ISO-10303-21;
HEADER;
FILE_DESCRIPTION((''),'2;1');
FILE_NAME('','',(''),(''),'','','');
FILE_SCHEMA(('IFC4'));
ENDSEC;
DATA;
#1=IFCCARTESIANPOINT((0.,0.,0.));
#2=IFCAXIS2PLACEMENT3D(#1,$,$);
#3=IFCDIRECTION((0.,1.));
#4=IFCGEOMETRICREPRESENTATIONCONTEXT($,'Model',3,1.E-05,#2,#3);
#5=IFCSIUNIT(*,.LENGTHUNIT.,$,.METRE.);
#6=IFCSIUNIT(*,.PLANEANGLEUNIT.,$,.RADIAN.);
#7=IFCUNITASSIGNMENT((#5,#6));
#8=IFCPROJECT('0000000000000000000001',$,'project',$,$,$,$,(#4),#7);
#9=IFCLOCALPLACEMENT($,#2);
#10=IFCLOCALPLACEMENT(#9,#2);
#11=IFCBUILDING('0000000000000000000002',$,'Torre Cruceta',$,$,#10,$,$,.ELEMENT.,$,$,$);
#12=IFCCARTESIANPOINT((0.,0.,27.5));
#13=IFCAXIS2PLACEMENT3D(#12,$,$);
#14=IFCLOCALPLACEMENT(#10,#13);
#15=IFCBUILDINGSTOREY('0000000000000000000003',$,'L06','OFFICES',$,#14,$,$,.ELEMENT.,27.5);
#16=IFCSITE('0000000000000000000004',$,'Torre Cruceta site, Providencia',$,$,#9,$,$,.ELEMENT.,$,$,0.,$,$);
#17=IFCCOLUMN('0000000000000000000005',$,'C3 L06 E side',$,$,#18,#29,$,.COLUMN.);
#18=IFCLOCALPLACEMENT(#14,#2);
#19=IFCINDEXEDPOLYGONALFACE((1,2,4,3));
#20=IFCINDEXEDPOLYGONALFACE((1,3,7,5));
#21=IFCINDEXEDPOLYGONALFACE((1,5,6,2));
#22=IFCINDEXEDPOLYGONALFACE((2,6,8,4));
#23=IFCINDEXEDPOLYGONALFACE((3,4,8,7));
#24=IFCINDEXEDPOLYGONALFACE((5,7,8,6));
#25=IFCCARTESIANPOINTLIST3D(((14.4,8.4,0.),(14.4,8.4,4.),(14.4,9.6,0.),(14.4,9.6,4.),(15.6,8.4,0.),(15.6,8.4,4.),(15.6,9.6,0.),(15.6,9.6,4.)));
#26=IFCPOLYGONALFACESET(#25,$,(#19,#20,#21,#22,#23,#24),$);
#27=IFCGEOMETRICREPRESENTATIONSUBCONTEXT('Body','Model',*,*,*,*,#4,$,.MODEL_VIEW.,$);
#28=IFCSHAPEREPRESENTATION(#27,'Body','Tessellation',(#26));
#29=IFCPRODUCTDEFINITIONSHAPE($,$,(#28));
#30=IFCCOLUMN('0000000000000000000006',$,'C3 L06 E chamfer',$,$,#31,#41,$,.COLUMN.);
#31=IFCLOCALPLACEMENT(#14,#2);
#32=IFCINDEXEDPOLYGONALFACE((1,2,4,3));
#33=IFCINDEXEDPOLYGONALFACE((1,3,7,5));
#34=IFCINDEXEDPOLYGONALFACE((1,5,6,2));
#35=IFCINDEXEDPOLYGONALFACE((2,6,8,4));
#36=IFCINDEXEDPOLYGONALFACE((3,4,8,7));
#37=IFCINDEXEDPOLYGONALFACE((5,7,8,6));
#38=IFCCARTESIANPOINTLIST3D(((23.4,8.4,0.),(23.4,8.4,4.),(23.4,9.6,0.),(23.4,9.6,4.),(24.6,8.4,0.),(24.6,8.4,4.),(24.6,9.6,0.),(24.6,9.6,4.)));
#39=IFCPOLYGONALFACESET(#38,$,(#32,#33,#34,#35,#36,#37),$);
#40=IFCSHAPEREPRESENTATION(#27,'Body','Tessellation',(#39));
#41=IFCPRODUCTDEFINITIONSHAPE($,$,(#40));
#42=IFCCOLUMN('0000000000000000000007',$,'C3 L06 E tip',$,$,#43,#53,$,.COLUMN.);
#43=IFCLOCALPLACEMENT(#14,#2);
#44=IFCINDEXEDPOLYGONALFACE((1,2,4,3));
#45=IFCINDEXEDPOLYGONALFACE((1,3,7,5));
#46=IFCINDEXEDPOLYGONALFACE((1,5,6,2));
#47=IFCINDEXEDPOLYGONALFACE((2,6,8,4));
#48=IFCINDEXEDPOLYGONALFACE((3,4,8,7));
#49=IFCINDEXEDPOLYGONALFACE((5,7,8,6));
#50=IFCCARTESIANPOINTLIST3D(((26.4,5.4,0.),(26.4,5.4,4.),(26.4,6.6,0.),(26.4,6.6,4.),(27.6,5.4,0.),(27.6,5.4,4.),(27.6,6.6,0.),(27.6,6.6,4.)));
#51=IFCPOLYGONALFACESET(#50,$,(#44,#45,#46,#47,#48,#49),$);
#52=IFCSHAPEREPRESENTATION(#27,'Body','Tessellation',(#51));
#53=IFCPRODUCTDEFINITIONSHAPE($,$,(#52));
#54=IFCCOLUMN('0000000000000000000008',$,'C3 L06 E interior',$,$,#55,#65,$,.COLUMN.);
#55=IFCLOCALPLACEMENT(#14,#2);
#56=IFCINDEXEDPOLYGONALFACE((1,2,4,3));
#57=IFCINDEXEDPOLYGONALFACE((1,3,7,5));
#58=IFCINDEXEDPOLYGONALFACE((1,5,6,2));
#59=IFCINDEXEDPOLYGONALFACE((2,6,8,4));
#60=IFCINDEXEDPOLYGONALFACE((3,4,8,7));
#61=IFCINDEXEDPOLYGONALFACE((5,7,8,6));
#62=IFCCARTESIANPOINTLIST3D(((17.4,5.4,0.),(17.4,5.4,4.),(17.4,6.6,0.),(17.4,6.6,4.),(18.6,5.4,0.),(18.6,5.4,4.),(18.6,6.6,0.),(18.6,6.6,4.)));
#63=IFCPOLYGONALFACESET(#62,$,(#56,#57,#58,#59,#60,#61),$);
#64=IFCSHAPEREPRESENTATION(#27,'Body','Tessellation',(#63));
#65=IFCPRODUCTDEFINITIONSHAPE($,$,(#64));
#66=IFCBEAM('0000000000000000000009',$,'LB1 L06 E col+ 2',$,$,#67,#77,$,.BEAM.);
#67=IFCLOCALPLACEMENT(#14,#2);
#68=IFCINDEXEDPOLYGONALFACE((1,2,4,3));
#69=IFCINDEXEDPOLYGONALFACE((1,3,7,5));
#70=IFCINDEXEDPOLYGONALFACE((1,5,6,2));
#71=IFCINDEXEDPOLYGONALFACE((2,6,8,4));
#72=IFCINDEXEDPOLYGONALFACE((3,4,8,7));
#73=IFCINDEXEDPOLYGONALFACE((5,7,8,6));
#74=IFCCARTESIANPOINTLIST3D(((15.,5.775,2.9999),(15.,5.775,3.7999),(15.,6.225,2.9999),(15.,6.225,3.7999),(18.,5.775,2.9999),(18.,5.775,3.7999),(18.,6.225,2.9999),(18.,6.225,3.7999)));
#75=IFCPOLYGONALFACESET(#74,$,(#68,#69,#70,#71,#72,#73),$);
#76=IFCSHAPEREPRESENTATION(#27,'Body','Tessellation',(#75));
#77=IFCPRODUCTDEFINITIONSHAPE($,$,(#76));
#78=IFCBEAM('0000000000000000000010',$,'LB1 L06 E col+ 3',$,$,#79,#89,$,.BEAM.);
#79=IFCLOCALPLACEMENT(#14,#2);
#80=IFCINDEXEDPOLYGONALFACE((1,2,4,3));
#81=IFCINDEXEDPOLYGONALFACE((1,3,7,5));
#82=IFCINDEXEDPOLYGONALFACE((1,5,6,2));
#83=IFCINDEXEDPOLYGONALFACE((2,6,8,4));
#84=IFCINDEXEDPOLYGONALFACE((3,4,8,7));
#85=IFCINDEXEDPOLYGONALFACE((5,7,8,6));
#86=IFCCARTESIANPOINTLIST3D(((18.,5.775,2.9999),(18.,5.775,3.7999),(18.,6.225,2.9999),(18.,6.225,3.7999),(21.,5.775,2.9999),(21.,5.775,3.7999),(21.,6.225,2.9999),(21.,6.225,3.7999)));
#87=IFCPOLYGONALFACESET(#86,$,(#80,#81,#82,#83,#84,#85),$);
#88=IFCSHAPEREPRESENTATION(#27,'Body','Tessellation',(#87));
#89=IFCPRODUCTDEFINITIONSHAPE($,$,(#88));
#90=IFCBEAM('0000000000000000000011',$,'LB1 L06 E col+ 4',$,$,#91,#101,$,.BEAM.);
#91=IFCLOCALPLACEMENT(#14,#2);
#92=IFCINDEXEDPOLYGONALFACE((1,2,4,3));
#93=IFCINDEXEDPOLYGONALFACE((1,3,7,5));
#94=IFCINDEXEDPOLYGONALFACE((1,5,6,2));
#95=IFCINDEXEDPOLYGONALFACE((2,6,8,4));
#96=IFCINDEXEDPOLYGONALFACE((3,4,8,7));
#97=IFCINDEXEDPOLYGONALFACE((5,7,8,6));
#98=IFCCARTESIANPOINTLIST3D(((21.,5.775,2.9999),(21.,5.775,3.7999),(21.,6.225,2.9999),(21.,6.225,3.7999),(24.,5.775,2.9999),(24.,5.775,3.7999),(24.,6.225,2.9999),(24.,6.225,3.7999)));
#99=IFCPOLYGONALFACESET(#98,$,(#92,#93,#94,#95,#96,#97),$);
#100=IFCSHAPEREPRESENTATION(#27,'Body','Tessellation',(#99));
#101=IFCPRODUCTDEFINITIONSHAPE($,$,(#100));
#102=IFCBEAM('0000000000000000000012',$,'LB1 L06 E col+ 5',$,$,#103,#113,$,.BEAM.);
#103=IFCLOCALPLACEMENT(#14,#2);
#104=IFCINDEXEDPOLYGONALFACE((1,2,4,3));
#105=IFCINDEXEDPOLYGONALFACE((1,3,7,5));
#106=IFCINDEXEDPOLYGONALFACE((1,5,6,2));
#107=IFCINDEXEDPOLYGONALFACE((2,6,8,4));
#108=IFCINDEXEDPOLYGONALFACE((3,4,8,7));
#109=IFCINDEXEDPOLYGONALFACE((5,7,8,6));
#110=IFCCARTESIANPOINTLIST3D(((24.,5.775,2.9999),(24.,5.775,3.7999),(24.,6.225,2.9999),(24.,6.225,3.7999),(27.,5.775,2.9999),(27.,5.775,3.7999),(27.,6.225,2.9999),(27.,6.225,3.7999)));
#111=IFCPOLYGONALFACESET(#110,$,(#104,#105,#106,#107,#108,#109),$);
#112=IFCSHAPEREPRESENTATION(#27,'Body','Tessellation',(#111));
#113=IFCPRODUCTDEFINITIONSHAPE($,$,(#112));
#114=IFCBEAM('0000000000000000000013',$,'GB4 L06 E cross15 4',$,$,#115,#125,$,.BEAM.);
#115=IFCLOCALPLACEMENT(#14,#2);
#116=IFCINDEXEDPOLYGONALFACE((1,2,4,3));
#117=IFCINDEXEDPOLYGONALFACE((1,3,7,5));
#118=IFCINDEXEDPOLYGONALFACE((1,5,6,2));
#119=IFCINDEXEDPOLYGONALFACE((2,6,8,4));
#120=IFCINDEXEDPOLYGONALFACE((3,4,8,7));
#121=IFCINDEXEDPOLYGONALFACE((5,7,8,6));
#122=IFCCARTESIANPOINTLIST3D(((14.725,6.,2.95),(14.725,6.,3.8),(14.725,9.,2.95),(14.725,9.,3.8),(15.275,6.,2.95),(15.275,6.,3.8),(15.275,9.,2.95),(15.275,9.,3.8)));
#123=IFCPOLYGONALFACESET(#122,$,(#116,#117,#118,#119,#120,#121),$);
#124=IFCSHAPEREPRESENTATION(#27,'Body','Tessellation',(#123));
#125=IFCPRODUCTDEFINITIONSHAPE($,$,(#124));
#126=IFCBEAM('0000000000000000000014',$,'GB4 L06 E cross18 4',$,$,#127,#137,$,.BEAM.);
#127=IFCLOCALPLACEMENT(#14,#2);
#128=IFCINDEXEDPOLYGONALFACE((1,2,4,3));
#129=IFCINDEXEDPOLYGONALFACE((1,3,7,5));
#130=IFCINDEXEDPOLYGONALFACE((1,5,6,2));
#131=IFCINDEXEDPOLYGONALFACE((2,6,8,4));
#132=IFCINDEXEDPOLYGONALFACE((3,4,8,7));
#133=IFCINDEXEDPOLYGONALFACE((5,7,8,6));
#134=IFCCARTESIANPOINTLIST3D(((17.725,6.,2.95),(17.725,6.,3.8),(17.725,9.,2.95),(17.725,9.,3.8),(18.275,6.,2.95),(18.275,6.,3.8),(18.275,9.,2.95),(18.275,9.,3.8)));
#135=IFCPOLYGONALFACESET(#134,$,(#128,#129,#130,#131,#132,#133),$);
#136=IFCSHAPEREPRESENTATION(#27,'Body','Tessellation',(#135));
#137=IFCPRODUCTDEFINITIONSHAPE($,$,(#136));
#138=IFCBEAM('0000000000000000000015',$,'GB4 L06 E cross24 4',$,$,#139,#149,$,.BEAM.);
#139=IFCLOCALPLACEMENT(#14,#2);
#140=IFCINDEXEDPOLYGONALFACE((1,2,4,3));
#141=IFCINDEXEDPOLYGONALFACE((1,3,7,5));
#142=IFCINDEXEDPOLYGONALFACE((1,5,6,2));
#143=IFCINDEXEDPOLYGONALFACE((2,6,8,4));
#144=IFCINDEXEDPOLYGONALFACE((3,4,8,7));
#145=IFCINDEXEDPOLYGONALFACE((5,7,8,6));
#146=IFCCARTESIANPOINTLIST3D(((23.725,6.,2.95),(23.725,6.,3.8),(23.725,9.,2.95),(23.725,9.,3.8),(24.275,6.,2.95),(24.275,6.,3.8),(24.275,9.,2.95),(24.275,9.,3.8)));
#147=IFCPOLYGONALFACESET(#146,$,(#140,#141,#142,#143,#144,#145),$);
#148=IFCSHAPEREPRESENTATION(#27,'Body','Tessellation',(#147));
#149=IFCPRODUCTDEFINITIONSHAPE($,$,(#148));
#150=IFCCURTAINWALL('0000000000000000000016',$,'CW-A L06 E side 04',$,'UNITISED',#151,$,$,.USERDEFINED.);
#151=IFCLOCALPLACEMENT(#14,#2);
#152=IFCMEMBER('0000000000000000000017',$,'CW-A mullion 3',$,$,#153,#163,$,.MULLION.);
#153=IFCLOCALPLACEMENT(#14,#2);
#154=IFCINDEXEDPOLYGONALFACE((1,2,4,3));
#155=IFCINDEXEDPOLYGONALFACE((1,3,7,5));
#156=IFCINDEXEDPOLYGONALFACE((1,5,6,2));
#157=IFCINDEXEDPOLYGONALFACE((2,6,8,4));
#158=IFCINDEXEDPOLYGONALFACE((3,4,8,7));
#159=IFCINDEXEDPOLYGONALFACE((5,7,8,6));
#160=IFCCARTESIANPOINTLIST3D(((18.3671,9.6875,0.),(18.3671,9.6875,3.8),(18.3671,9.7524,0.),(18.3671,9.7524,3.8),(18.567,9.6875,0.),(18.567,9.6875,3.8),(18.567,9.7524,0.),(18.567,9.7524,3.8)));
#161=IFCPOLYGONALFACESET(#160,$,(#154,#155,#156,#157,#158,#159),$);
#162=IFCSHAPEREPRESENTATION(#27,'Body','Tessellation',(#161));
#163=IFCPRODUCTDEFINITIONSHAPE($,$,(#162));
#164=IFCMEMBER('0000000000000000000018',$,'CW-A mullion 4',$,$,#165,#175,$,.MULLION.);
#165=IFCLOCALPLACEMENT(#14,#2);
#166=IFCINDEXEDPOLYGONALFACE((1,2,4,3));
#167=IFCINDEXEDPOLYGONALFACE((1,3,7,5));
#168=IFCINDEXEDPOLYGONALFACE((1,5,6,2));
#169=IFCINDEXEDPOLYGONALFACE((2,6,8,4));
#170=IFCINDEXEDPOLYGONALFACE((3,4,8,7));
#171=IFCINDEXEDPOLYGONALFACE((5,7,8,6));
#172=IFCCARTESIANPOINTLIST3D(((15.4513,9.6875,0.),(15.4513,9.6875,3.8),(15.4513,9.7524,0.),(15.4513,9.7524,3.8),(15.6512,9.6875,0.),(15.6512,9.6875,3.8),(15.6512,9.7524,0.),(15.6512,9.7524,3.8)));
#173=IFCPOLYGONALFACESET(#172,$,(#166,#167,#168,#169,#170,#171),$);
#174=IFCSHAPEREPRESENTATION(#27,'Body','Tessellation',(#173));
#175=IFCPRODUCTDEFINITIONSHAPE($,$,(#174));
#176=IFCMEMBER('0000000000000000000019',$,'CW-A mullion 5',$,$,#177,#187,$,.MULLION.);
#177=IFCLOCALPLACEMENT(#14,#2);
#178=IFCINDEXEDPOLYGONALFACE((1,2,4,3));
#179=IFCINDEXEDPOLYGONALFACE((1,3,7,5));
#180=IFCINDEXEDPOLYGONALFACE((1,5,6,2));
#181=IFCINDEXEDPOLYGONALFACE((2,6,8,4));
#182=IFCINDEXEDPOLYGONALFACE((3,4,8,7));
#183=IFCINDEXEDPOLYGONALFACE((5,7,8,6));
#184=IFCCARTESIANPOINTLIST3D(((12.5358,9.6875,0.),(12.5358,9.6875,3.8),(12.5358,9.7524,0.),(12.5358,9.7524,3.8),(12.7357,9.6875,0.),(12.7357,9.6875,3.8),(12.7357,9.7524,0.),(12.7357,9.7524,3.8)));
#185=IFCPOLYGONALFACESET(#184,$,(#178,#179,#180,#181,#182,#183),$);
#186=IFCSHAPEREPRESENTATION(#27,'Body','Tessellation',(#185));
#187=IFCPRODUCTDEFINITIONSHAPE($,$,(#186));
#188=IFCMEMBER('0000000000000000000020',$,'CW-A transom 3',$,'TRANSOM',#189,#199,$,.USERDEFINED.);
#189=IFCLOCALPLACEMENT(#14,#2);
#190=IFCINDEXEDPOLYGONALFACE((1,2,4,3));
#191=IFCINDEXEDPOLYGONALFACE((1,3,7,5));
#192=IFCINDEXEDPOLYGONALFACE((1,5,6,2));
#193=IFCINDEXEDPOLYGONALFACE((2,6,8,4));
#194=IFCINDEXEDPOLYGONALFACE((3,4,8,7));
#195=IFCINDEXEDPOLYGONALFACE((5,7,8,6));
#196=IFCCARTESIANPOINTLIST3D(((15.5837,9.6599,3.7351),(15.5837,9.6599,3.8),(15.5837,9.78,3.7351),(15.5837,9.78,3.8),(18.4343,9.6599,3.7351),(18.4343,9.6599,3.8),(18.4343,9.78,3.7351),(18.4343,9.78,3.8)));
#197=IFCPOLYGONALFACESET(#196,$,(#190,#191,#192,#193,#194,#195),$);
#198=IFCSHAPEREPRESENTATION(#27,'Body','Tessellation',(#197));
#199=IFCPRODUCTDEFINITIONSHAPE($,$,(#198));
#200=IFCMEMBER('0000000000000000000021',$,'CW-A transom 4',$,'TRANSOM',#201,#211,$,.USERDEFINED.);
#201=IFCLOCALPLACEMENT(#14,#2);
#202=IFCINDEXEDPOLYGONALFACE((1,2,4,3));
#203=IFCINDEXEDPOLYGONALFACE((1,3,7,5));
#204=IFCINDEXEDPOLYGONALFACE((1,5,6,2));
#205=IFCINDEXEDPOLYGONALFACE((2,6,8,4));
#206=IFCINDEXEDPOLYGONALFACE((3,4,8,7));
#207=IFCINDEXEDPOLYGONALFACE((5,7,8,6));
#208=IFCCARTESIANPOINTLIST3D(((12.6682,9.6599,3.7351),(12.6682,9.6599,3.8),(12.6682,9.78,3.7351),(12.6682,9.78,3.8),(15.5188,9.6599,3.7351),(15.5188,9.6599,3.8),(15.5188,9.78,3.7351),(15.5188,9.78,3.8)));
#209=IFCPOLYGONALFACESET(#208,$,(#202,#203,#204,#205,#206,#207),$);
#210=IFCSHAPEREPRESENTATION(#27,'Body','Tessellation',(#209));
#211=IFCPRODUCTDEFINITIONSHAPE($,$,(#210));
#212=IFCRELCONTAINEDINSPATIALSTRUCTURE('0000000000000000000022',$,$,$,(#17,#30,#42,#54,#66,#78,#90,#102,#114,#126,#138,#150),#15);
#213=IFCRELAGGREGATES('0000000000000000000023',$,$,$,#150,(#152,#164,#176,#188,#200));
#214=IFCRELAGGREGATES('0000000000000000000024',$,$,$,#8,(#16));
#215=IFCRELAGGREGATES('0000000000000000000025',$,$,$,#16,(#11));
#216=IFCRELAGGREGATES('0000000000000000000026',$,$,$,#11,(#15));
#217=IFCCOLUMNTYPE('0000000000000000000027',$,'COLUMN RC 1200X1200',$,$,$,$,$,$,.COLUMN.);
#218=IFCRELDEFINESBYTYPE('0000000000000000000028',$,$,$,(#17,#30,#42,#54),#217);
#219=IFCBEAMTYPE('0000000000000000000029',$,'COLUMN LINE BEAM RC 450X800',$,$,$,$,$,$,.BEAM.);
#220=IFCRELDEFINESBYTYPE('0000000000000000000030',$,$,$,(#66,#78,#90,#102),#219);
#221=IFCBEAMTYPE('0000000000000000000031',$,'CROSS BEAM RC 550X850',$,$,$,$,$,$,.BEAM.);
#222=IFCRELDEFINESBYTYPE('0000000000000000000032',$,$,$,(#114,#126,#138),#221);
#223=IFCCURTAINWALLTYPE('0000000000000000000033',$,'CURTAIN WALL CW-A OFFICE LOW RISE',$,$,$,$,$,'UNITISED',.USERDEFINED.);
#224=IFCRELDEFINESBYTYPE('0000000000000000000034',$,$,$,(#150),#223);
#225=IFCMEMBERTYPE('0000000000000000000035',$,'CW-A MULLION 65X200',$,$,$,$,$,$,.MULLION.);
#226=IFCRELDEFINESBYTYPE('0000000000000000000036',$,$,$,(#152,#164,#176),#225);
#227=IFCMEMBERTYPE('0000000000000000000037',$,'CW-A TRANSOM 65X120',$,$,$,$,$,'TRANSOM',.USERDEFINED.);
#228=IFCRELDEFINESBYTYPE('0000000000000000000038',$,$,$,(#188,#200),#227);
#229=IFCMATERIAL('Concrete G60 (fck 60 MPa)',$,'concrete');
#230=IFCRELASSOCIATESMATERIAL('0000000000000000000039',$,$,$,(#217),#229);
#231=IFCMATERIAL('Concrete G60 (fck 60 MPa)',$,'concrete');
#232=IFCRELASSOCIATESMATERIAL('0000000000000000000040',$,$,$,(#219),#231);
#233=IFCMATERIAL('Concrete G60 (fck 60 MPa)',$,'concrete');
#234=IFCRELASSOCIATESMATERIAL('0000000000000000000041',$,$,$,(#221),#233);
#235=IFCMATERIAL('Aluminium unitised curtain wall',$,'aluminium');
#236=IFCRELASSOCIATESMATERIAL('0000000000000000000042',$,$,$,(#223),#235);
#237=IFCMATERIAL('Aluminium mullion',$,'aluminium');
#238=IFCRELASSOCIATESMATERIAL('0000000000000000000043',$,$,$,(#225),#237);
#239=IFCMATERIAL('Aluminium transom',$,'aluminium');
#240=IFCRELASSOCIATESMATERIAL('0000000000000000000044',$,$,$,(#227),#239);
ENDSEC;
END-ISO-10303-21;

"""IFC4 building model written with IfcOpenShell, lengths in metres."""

from ifc_helpers import new_model, si_unit, direction, frame, origin, origin_2d, place, context, subcontext, project, spatial, rectangle, extrude, material, material_profile, profile_set, type_object, element, aggregate, save


model = new_model("IFC4")

# Units and contexts
model_context = context("Model", 3, precision=1e-05, world=origin(), true_north=direction((0.0, 1.0)))
body_context = subcontext(model_context, "Body", "Model", "MODEL_VIEW")
ifc_project = project(units=[si_unit("LENGTHUNIT", "METRE"), si_unit("PLANEANGLEUNIT", "RADIAN")], contexts=[model_context])

# Site, building, storey
site_placement = place(None, origin())
site = spatial("IfcSite", under=ifc_project, at=site_placement, Name="Torre Cruceta site, Providencia", CompositionType="ELEMENT", RefElevation=0.0)
building_placement = place(site_placement, origin())
building = spatial("IfcBuilding", under=site, at=building_placement, Name="Torre Cruceta", CompositionType="ELEMENT")
storey_placement = place(building_placement, frame((0.0, 0.0, 27.5)))
storey = spatial("IfcBuildingStorey", under=building, at=storey_placement, Name="L06", Description="OFFICES", CompositionType="ELEMENT", Elevation=27.5)

# Columns
ifc_material_1 = material(Name="Concrete G60 (fck 60 MPa)", Category="concrete")
ifc_material_profile_1 = material_profile(ifc_material_1, rectangle(XDim=1.2, YDim=1.2, at=origin_2d()), Name="RC 1200X1200")
ifc_profile_set_1 = profile_set([ifc_material_profile_1], Name="Concrete G60 (fck 60 MPa)")
column_type = type_object("IfcColumnType", Name="COLUMN RC 1200X1200", PredefinedType="COLUMN", material=ifc_profile_set_1)
for number, where, z_axis, x_axis, name in (
    (1, (15.0, 9.0, 0.0), (0.0, 0.0, 1.0), (1.0, 0.0, 0.0), "C3 L06 E side"),
    (2, (24.0, 9.0, 0.0), (0.0, 0.0, 1.0), (1.0, 0.0, 0.0), "C3 L06 E chamfer"),
    (3, (27.0, 6.0, 0.0), (0.0, 0.0, 1.0), (1.0, 0.0, 0.0), "C3 L06 E tip"),
    (4, (18.0, 6.0, 0.0), (0.0, 0.0, 1.0), (1.0, 0.0, 0.0), "C3 L06 E interior"),
):
    element("IfcColumn", number, at=place(storey_placement, frame(where, z_axis=z_axis, x_axis=x_axis)), inside=storey, type_object=column_type, Name=name, PredefinedType="COLUMN", context=body_context, shape_type="SweptSolid", body=[
        extrude(rectangle(XDim=1.2, YDim=1.2, at=origin_2d()), origin(), (0.0, 0.0, 1.0), 4.0),
    ])

# Beams
ifc_material_2 = material(Name="Concrete G60 (fck 60 MPa)", Category="concrete")
ifc_material_profile_2 = material_profile(ifc_material_2, rectangle(XDim=0.45, YDim=0.8, at=origin_2d()), Name="RC 450X800")
ifc_profile_set_2 = profile_set([ifc_material_profile_2], Name="Concrete G60 (fck 60 MPa)")
beam_type_1 = type_object("IfcBeamType", Name="COLUMN LINE BEAM RC 450X800", PredefinedType="BEAM", material=ifc_profile_set_2)
for number, where, z_axis, x_axis, name in (
    (5, (15.0, 6.0, 3.3999), (1.0, 0.0, 0.0), (0.0, 1.0, 0.0), "LB1 L06 E col+ 2"),
    (6, (18.0, 6.0, 3.3999), (1.0, 0.0, 0.0), (0.0, 1.0, 0.0), "LB1 L06 E col+ 3"),
    (7, (21.0, 6.0, 3.3999), (1.0, 0.0, 0.0), (0.0, 1.0, 0.0), "LB1 L06 E col+ 4"),
    (8, (24.0, 6.0, 3.3999), (1.0, 0.0, 0.0), (0.0, 1.0, 0.0), "LB1 L06 E col+ 5"),
):
    element("IfcBeam", number, at=place(storey_placement, frame(where, z_axis=z_axis, x_axis=x_axis)), inside=storey, type_object=beam_type_1, Name=name, PredefinedType="BEAM", context=body_context, shape_type="SweptSolid", body=[
        extrude(rectangle(XDim=0.45, YDim=0.8, at=origin_2d()), origin(), (0.0, 0.0, 1.0), 3.0),
    ])
ifc_material_3 = material(Name="Concrete G60 (fck 60 MPa)", Category="concrete")
ifc_material_profile_3 = material_profile(ifc_material_3, rectangle(XDim=0.55, YDim=0.8501, at=origin_2d()), Name="RC 550X850")
ifc_profile_set_3 = profile_set([ifc_material_profile_3], Name="Concrete G60 (fck 60 MPa)")
beam_type_2 = type_object("IfcBeamType", Name="CROSS BEAM RC 550X850", PredefinedType="BEAM", material=ifc_profile_set_3)
for number, where, z_axis, x_axis, name in (
    (9, (15.0, 6.0, 3.375), (0.0, 1.0, 0.0), (-1.0, 0.0, 0.0), "GB4 L06 E cross15 4"),
    (10, (18.0, 6.0, 3.375), (0.0, 1.0, 0.0), (-1.0, 0.0, 0.0), "GB4 L06 E cross18 4"),
    (11, (24.0, 6.0, 3.375), (0.0, 1.0, 0.0), (-1.0, 0.0, 0.0), "GB4 L06 E cross24 4"),
):
    element("IfcBeam", number, at=place(storey_placement, frame(where, z_axis=z_axis, x_axis=x_axis)), inside=storey, type_object=beam_type_2, Name=name, PredefinedType="BEAM", context=body_context, shape_type="SweptSolid", body=[
        extrude(rectangle(XDim=0.55, YDim=0.8501, at=origin_2d()), origin(), (0.0, 0.0, 1.0), 3.0),
    ])

# Curtain wall, members
ifc_material_4 = material(Name="Aluminium unitised curtain wall", Category="aluminium")
curtain_wall_type = type_object("IfcCurtainWallType", Name="CURTAIN WALL CW-A OFFICE LOW RISE", ElementType="UNITISED", PredefinedType="USERDEFINED", material=ifc_material_4)
curtain_wall_placement = place(storey_placement, origin())
curtain_wall = element("IfcCurtainWall", 12, at=curtain_wall_placement, inside=storey, type_object=curtain_wall_type, Name="CW-A L06 E side 04", ObjectType="UNITISED", PredefinedType="USERDEFINED")
ifc_material_5 = material(Name="Aluminium mullion", Category="aluminium")
ifc_material_profile_4 = material_profile(ifc_material_5, rectangle(XDim=0.0649, YDim=0.2, at=origin_2d()), Name="AL 65X200")
ifc_profile_set_4 = profile_set([ifc_material_profile_4], Name="Aluminium mullion")
member_type_1 = type_object("IfcMemberType", Name="CW-A MULLION 65X200", PredefinedType="MULLION", material=ifc_profile_set_4)
member_1_placement = place(storey_placement, frame((18.467, 9.72, 0.0), z_axis=(0.0, 0.0, 1.0), x_axis=(0.0, -1.0, 0.0)))
member_1 = element("IfcMember", 13, at=member_1_placement, type_object=member_type_1, Name="CW-A mullion 3", PredefinedType="MULLION", context=body_context, shape_type="SweptSolid", body=[
    extrude(rectangle(XDim=0.0649, YDim=0.2, at=origin_2d()), origin(), (0.0, 0.0, 1.0), 3.8),
])
member_2_placement = place(storey_placement, frame((15.5513, 9.72, 0.0), z_axis=(0.0, 0.0, 1.0), x_axis=(0.0, -1.0, 0.0)))
member_2 = element("IfcMember", 14, at=member_2_placement, type_object=member_type_1, Name="CW-A mullion 4", PredefinedType="MULLION", context=body_context, shape_type="SweptSolid", body=[
    extrude(rectangle(XDim=0.0649, YDim=0.2, at=origin_2d()), origin(), (0.0, 0.0, 1.0), 3.8),
])
member_3_placement = place(storey_placement, frame((12.6357, 9.72, 0.0), z_axis=(0.0, 0.0, 1.0), x_axis=(0.0, -1.0, 0.0)))
member_3 = element("IfcMember", 15, at=member_3_placement, type_object=member_type_1, Name="CW-A mullion 5", PredefinedType="MULLION", context=body_context, shape_type="SweptSolid", body=[
    extrude(rectangle(XDim=0.0649, YDim=0.2, at=origin_2d()), origin(), (0.0, 0.0, 1.0), 3.8),
])
ifc_material_6 = material(Name="Aluminium transom", Category="aluminium")
ifc_material_profile_5 = material_profile(ifc_material_6, rectangle(XDim=0.1201, YDim=0.0649, at=origin_2d()), Name="AL 120X65")
ifc_profile_set_5 = profile_set([ifc_material_profile_5], Name="Aluminium transom")
member_type_2 = type_object("IfcMemberType", Name="CW-A TRANSOM 65X120", ElementType="TRANSOM", PredefinedType="USERDEFINED", material=ifc_profile_set_5)
member_4_placement = place(storey_placement, frame((18.4343, 9.72, 3.7676), z_axis=(-1.0, 0.0, 0.0), x_axis=(0.0, -1.0, 0.0)))
member_4 = element("IfcMember", 16, at=member_4_placement, type_object=member_type_2, Name="CW-A transom 3", ObjectType="TRANSOM", PredefinedType="USERDEFINED", context=body_context, shape_type="SweptSolid", body=[
    extrude(rectangle(XDim=0.1201, YDim=0.0649, at=origin_2d()), origin(), (0.0, 0.0, 1.0), 2.8506),
])
member_5_placement = place(storey_placement, frame((15.5188, 9.72, 3.7676), z_axis=(-1.0, 0.0, 0.0), x_axis=(0.0, -1.0, 0.0)))
member_5 = element("IfcMember", 17, at=member_5_placement, type_object=member_type_2, Name="CW-A transom 4", ObjectType="TRANSOM", PredefinedType="USERDEFINED", context=body_context, shape_type="SweptSolid", body=[
    extrude(rectangle(XDim=0.1201, YDim=0.0649, at=origin_2d()), origin(), (0.0, 0.0, 1.0), 2.8506),
])

aggregate(curtain_wall, [member_1, member_2, member_3, member_4, member_5])

save(model, "model.ifc")
